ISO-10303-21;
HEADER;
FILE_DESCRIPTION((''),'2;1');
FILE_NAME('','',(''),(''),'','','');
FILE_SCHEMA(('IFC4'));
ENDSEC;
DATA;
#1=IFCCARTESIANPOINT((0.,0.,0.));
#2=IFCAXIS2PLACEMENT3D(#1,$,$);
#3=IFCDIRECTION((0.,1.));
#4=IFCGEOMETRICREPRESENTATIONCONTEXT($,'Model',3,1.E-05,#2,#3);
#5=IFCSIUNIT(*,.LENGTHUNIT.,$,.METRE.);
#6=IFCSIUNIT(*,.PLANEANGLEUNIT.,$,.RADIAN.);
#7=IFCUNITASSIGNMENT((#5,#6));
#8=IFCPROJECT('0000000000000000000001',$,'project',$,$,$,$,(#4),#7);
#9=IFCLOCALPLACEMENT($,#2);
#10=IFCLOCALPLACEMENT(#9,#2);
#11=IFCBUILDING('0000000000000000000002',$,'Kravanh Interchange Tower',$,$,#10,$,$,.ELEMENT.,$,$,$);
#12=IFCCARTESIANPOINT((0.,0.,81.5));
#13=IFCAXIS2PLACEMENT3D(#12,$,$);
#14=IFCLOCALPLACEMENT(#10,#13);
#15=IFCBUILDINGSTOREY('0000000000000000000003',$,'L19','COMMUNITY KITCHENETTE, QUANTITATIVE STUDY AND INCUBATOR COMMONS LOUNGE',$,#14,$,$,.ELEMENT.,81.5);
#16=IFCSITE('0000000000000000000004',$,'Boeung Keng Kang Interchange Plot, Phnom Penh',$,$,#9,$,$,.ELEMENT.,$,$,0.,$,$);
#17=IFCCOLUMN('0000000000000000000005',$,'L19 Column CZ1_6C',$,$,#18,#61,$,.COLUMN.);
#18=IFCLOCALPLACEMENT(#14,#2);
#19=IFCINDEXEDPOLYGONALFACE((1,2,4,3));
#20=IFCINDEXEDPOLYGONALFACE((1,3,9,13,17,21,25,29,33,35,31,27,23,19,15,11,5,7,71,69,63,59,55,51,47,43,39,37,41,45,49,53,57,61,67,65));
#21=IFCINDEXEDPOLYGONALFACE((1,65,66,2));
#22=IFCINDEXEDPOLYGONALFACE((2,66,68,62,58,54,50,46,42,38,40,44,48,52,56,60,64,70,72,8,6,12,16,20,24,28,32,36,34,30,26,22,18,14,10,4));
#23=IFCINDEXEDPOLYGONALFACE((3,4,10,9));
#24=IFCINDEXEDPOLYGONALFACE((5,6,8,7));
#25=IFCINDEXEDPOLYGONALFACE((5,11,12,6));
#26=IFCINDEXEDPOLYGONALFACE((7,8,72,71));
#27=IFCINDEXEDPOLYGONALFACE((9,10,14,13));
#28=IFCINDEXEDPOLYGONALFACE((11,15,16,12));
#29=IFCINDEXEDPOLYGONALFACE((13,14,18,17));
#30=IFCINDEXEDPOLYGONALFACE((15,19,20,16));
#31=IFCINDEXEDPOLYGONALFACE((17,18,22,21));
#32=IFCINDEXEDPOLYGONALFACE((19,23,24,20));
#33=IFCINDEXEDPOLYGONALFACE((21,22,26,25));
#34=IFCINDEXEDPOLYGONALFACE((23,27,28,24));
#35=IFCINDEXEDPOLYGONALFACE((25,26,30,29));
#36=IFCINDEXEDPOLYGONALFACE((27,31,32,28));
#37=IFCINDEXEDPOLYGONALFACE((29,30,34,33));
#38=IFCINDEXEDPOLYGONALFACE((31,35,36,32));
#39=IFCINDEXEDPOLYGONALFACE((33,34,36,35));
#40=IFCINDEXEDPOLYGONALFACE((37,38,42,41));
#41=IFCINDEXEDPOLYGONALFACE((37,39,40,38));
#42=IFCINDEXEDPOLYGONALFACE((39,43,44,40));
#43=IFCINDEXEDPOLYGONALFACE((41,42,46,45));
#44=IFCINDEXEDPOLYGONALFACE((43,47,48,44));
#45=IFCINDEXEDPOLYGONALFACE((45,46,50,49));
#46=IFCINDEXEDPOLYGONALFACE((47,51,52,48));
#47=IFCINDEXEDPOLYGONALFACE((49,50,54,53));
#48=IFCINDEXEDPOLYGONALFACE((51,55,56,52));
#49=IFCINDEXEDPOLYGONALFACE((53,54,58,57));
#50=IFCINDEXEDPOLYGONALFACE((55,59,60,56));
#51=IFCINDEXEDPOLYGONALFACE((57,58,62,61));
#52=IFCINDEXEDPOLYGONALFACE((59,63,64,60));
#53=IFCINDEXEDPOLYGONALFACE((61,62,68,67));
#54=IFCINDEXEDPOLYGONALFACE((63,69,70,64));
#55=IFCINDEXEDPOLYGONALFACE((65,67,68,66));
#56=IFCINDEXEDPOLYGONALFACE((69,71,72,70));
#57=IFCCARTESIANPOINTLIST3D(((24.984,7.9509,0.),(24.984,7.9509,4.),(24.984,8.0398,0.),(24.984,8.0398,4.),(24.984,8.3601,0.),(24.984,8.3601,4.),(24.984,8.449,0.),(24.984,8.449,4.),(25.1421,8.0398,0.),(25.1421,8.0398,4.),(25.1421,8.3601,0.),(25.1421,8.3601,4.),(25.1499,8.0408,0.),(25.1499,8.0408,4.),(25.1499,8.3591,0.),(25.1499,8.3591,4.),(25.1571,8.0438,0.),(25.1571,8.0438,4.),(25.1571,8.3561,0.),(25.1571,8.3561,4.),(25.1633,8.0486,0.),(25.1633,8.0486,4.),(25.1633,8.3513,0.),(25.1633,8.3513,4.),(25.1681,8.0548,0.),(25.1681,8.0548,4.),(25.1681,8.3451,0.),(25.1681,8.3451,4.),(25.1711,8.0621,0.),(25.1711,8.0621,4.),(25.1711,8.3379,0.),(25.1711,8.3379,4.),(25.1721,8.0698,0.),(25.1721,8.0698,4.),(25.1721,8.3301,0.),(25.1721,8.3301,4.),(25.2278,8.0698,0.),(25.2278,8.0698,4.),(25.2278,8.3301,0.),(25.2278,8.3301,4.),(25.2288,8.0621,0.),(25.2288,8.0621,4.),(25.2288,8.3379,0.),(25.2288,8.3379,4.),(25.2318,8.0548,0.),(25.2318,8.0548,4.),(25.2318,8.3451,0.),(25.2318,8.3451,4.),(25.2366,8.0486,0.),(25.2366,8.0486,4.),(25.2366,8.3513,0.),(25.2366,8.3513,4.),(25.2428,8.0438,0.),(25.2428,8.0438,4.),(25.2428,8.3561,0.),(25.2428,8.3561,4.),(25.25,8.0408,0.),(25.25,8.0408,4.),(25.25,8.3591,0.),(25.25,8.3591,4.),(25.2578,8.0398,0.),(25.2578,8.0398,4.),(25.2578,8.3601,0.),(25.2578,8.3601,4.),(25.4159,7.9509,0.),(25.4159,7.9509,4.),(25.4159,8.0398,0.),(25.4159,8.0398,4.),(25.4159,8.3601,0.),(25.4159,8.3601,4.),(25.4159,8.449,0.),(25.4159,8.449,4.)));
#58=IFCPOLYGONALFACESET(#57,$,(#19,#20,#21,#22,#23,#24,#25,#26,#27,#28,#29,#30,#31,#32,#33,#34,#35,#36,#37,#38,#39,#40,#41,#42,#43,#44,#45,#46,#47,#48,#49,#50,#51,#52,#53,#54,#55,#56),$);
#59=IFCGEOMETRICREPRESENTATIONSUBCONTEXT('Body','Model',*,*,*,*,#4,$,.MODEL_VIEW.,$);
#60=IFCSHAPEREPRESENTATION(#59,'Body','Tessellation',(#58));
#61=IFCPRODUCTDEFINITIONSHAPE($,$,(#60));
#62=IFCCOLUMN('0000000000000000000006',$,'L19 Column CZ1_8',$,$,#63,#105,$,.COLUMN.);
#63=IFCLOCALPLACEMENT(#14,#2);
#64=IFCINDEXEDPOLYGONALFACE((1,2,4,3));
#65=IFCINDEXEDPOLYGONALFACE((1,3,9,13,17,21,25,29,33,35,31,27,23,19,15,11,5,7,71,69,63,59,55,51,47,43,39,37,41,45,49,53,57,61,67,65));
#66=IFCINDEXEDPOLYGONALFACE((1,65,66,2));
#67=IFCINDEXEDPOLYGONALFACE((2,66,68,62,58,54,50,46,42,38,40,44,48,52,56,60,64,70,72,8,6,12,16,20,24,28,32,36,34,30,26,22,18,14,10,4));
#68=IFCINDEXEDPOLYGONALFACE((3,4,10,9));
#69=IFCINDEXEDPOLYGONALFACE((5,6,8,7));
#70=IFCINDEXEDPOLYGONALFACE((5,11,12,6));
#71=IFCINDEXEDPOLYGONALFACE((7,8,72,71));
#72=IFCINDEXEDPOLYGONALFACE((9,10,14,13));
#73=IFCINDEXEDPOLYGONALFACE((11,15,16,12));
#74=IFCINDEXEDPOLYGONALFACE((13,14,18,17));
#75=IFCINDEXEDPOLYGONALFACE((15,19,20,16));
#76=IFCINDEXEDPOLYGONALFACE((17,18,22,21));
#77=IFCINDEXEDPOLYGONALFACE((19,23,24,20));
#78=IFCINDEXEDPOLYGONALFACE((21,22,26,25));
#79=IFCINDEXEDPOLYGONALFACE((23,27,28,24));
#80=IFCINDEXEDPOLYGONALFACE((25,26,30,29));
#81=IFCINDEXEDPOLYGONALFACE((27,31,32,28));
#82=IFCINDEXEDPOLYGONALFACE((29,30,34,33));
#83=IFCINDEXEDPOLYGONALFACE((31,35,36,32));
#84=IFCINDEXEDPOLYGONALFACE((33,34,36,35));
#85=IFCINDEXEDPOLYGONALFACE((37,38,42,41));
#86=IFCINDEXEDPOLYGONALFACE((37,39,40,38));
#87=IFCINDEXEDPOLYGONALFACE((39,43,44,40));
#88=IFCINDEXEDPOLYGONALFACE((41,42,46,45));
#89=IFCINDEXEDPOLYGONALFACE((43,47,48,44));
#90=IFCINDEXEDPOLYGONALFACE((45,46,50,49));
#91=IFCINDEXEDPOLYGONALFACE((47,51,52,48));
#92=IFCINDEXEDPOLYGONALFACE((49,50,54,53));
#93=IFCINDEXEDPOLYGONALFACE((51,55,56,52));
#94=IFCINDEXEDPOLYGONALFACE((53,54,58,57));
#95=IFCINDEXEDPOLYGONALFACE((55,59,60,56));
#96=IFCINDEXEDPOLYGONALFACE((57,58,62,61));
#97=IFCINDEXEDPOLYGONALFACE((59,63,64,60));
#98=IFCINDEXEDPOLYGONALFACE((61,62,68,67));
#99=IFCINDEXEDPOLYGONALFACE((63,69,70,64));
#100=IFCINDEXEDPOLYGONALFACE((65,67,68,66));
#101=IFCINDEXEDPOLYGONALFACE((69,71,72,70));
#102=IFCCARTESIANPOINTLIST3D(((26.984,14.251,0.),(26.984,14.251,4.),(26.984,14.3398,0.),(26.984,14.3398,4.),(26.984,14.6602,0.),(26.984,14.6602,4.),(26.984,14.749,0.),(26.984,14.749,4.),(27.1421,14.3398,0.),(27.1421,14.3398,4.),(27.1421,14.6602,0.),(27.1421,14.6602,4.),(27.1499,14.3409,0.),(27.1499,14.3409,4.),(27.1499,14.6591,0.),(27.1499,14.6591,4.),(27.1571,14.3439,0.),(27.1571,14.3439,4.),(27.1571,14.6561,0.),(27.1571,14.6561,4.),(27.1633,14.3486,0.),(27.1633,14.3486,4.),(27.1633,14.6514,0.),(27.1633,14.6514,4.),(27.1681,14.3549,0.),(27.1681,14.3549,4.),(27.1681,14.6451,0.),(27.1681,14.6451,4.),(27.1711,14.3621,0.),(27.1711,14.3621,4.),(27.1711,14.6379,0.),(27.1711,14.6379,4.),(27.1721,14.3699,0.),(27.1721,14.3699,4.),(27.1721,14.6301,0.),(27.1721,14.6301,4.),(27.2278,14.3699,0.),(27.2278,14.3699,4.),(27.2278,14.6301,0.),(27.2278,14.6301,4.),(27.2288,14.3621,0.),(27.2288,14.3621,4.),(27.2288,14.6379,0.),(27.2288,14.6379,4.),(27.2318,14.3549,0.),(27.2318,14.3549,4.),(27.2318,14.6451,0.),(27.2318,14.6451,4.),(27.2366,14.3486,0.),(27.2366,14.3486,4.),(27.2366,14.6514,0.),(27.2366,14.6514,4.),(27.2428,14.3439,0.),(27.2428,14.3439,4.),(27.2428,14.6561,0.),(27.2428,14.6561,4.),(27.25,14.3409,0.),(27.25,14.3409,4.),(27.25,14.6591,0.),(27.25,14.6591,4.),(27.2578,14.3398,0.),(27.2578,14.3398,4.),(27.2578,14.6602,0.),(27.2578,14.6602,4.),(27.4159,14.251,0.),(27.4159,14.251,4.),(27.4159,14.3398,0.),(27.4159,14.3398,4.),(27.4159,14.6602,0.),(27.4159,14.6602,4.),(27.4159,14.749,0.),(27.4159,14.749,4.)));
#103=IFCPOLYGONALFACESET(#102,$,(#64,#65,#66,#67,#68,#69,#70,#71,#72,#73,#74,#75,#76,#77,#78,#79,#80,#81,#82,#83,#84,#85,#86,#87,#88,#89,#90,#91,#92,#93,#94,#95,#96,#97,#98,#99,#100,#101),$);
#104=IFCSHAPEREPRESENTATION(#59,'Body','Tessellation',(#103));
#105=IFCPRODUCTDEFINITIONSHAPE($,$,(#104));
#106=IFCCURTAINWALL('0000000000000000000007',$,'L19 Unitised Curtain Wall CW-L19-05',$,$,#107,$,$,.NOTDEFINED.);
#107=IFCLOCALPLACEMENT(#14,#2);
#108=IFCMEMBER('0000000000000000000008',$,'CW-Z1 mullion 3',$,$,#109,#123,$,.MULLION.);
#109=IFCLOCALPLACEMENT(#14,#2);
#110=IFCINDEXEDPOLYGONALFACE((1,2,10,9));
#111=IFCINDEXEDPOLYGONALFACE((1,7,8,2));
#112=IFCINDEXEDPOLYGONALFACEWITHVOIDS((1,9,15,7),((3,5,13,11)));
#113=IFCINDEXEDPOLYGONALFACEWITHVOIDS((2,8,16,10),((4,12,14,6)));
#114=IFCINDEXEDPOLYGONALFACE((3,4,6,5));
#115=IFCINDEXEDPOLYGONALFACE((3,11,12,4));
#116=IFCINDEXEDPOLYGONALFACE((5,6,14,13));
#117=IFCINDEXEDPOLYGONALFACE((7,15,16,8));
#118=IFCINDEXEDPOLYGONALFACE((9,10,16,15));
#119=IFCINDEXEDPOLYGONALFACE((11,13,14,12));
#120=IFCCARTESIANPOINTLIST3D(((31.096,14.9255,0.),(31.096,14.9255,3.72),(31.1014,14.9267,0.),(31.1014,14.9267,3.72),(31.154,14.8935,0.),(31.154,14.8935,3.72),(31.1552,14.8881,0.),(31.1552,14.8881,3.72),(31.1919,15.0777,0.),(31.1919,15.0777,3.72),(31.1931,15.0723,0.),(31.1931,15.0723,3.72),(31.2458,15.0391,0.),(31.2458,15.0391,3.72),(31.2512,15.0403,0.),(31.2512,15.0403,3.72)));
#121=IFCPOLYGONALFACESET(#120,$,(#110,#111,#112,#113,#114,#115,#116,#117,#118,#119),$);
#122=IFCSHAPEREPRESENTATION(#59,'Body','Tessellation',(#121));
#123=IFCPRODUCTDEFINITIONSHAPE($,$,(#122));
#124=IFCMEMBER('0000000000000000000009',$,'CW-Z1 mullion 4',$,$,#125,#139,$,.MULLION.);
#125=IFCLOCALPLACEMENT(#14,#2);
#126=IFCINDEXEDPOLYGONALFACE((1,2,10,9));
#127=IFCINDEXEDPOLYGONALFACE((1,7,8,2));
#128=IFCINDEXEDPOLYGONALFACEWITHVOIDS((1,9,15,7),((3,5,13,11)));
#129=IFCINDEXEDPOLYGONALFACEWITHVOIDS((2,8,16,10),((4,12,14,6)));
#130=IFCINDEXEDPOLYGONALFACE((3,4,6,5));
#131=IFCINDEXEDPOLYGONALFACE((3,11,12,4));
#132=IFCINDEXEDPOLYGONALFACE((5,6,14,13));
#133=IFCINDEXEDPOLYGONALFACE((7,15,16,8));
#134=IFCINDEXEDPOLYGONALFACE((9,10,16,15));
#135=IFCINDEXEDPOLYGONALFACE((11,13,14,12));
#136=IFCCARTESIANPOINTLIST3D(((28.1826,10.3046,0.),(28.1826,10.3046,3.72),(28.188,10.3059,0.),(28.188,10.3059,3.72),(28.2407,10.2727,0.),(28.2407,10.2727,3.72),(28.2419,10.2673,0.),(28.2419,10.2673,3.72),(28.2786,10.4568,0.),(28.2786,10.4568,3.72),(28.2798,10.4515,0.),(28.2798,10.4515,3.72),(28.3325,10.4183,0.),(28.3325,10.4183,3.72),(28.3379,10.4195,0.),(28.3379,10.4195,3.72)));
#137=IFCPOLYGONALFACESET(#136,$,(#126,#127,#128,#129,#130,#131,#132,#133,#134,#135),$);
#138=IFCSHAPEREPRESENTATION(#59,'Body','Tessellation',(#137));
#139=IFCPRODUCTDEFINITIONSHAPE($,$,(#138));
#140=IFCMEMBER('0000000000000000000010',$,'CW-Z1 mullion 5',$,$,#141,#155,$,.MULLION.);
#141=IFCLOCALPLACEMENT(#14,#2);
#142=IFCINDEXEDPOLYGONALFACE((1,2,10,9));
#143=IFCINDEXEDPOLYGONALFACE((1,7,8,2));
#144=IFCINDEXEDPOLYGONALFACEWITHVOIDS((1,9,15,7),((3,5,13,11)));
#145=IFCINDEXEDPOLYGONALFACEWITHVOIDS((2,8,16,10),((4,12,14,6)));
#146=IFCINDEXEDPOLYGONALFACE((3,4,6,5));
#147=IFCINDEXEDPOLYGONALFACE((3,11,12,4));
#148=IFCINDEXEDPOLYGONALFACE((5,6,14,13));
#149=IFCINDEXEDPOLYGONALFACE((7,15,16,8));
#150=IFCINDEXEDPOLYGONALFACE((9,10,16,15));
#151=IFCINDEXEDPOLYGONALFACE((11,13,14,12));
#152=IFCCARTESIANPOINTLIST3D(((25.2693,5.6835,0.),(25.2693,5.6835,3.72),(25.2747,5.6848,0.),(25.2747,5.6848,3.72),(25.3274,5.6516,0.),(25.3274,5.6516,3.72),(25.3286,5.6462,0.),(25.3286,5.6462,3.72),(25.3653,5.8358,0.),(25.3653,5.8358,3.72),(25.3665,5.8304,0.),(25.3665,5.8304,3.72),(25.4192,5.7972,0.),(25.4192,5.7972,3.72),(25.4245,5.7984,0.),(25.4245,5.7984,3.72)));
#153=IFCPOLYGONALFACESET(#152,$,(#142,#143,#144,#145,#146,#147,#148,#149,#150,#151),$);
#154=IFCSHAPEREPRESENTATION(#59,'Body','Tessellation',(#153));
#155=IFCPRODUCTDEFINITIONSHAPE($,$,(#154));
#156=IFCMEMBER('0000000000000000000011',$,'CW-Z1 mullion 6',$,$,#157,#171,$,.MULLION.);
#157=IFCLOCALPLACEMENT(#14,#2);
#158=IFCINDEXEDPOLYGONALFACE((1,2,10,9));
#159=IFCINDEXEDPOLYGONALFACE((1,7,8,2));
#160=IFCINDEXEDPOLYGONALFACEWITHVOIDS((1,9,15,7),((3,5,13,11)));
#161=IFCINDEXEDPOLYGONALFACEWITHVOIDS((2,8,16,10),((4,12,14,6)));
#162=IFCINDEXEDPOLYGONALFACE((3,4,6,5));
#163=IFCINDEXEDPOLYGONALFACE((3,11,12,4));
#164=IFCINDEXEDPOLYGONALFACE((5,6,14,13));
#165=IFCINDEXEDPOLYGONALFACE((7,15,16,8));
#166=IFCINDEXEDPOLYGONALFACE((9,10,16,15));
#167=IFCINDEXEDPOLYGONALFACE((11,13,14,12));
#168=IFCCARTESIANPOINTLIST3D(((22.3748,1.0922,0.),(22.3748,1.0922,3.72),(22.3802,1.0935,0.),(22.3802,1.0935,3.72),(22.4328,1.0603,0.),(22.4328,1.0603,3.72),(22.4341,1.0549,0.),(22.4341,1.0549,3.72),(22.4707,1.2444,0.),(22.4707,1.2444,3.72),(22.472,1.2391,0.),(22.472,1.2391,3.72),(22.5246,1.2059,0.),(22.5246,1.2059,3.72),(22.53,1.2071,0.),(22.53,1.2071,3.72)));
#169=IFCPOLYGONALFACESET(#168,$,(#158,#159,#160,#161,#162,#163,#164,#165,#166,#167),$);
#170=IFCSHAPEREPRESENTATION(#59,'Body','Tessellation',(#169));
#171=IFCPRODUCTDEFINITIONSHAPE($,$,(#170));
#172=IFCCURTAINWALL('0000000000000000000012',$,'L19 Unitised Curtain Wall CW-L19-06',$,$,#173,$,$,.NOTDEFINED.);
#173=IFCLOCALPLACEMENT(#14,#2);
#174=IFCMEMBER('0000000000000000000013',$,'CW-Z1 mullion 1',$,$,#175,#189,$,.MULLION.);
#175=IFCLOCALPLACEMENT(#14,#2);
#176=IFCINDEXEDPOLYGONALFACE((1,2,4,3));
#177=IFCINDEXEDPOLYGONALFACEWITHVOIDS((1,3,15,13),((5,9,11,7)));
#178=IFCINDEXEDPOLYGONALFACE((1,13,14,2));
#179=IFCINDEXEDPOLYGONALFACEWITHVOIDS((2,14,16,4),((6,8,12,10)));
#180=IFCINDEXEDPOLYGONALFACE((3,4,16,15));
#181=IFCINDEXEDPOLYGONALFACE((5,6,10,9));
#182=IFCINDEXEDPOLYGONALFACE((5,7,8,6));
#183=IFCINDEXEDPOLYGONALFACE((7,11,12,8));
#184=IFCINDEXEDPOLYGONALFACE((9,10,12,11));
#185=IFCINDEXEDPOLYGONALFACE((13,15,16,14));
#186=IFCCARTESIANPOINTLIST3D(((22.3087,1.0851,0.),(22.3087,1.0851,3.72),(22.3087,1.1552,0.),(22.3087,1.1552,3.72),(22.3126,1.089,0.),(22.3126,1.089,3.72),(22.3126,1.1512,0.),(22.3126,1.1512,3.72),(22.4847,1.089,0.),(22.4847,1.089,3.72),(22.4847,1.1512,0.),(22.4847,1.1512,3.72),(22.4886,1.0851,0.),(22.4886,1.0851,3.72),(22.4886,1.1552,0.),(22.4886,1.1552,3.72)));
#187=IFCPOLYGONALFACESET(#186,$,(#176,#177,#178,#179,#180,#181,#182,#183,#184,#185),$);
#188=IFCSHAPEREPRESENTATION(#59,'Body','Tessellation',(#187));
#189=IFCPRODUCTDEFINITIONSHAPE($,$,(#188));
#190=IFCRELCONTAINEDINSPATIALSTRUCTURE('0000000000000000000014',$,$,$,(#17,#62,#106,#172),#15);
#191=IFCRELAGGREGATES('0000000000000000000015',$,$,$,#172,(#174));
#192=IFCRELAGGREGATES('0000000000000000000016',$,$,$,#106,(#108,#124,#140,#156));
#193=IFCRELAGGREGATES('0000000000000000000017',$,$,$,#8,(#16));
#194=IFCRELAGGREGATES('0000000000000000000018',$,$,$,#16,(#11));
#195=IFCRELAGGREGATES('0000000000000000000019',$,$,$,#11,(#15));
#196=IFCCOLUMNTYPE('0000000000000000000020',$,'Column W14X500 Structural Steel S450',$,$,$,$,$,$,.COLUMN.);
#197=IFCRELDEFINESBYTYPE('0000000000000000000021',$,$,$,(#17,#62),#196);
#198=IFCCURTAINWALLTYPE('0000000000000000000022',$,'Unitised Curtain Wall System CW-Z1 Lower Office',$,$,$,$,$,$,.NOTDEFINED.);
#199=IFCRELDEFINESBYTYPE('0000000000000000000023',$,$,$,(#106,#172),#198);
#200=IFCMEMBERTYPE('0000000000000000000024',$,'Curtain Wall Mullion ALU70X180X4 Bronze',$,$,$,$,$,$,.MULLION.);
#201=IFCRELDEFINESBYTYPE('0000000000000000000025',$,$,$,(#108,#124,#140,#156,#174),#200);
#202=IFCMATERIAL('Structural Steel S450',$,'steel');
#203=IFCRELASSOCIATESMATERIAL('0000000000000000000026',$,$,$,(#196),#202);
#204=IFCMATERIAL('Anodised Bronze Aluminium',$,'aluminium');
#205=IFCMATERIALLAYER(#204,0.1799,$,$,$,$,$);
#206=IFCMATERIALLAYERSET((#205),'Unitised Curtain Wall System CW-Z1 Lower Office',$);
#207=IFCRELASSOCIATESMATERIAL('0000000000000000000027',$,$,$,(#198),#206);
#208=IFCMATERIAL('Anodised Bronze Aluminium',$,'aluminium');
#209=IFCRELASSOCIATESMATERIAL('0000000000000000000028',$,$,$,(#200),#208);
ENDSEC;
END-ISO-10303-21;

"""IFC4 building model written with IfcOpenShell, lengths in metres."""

from ifc_helpers import new_model, si_unit, direction, frame, origin, origin_2d, place, context, subcontext, project, spatial, hollow_rectangle, i_section, extrude, material, layer, layer_set, material_profile, profile_set, type_object, element, aggregate, save


model = new_model("IFC4")

# Units and contexts
model_context = context("Model", 3, precision=1e-05, world=origin(), true_north=direction((0.0, 1.0)))
body_context = subcontext(model_context, "Body", "Model", "MODEL_VIEW")
ifc_project = project(units=[si_unit("LENGTHUNIT", "METRE"), si_unit("PLANEANGLEUNIT", "RADIAN")], contexts=[model_context])

# Site, building, storey
site_placement = place(None, origin())
site = spatial("IfcSite", under=ifc_project, at=site_placement, Name="Boeung Keng Kang Interchange Plot, Phnom Penh", CompositionType="ELEMENT", RefElevation=0.0)
building_placement = place(site_placement, origin())
building = spatial("IfcBuilding", under=site, at=building_placement, Name="Kravanh Interchange Tower", CompositionType="ELEMENT")
storey_placement = place(building_placement, frame((0.0, 0.0, 81.5)))
storey = spatial("IfcBuildingStorey", under=building, at=storey_placement, Name="L19", Description="COMMUNITY KITCHENETTE, QUANTITATIVE STUDY AND INCUBATOR COMMONS LOUNGE", CompositionType="ELEMENT", Elevation=81.5)

# Columns
ifc_material_1 = material(Name="Structural Steel S450", Category="steel")
ifc_material_profile_1 = material_profile(ifc_material_1, i_section(OverallWidth=0.4319, OverallDepth=0.498, WebThickness=0.0557, FlangeThickness=0.0889, FilletRadius=0.03, at=origin_2d()), Name="W14X500")
ifc_profile_set_1 = profile_set([ifc_material_profile_1], Name="Structural Steel S450")
column_type = type_object("IfcColumnType", Name="Column W14X500 Structural Steel S450", PredefinedType="COLUMN", material=ifc_profile_set_1)
for number, where, z_axis, x_axis, name in (
    (1, (25.2, 8.2, 0.0), (0.0, 0.0, 1.0), (1.0, 0.0, 0.0), "L19 Column CZ1_6C"),
    (2, (27.2, 14.5, 0.0), (0.0, 0.0, 1.0), (1.0, 0.0, 0.0), "L19 Column CZ1_8"),
):
    element("IfcColumn", number, at=place(storey_placement, frame(where, z_axis=z_axis, x_axis=x_axis)), inside=storey, type_object=column_type, Name=name, PredefinedType="COLUMN", context=body_context, shape_type="SweptSolid", body=[
        extrude(i_section(OverallWidth=0.4319, OverallDepth=0.498, WebThickness=0.0557, FlangeThickness=0.0889, FilletRadius=0.03, at=origin_2d()), origin(), (0.0, 0.0, 1.0), 4.0),
    ])

# Curtain wall, members
ifc_material_2 = material(Name="Anodised Bronze Aluminium", Category="aluminium")
ifc_layer_1 = layer(ifc_material_2, 0.1799)
ifc_layer_set_1 = layer_set([ifc_layer_1], Name="Unitised Curtain Wall System CW-Z1 Lower Office")
curtain_wall_type = type_object("IfcCurtainWallType", Name="Unitised Curtain Wall System CW-Z1 Lower Office", PredefinedType="NOTDEFINED", material=ifc_layer_set_1)
curtain_wall_1_placement = place(storey_placement, origin())
curtain_wall_1 = element("IfcCurtainWall", 3, at=curtain_wall_1_placement, inside=storey, type_object=curtain_wall_type, Name="L19 Unitised Curtain Wall CW-L19-05", PredefinedType="NOTDEFINED")
ifc_material_3 = material(Name="Anodised Bronze Aluminium", Category="aluminium")
ifc_material_profile_2 = material_profile(ifc_material_3, hollow_rectangle(XDim=0.0701, YDim=0.1799, WallThickness=0.0039, at=origin_2d()), Name="ALU70X180X4")
ifc_profile_set_2 = profile_set([ifc_material_profile_2], Name="Anodised Bronze Aluminium")
member_type_1 = type_object("IfcMemberType", Name="Curtain Wall Mullion ALU70X180X4 Bronze", PredefinedType="MULLION", material=ifc_profile_set_2)
member_1_placement = place(storey_placement, frame((31.1736, 14.9829, 0.0), z_axis=(0.0, 0.0, 1.0), x_axis=(0.845926, -0.533301, 0.0)))
member_1 = element("IfcMember", 4, at=member_1_placement, type_object=member_type_1, Name="CW-Z1 mullion 3", PredefinedType="MULLION", context=body_context, shape_type="SweptSolid", body=[
    extrude(hollow_rectangle(XDim=0.0701, YDim=0.1799, WallThickness=0.0039, at=origin_2d()), origin(), (0.0, 0.0, 1.0), 3.72),
])
member_2_placement = place(storey_placement, frame((28.2603, 10.3621, 0.0), z_axis=(0.0, 0.0, 1.0), x_axis=(0.845926, -0.533301, 0.0)))
member_2 = element("IfcMember", 5, at=member_2_placement, type_object=member_type_1, Name="CW-Z1 mullion 4", PredefinedType="MULLION", context=body_context, shape_type="SweptSolid", body=[
    extrude(hollow_rectangle(XDim=0.0701, YDim=0.1799, WallThickness=0.0039, at=origin_2d()), origin(), (0.0, 0.0, 1.0), 3.72),
])
member_3_placement = place(storey_placement, frame((25.3469, 5.741, 0.0), z_axis=(0.0, 0.0, 1.0), x_axis=(0.845926, -0.533301, 0.0)))
member_3 = element("IfcMember", 6, at=member_3_placement, type_object=member_type_1, Name="CW-Z1 mullion 5", PredefinedType="MULLION", context=body_context, shape_type="SweptSolid", body=[
    extrude(hollow_rectangle(XDim=0.0701, YDim=0.1799, WallThickness=0.0039, at=origin_2d()), origin(), (0.0, 0.0, 1.0), 3.72),
])
member_4_placement = place(storey_placement, frame((22.4524, 1.1497, 0.0), z_axis=(0.0, 0.0, 1.0), x_axis=(0.845926, -0.533301, 0.0)))
member_4 = element("IfcMember", 7, at=member_4_placement, type_object=member_type_1, Name="CW-Z1 mullion 6", PredefinedType="MULLION", context=body_context, shape_type="SweptSolid", body=[
    extrude(hollow_rectangle(XDim=0.0701, YDim=0.1799, WallThickness=0.0039, at=origin_2d()), origin(), (0.0, 0.0, 1.0), 3.72),
])

# Curtain wall, member
curtain_wall_2_placement = place(storey_placement, origin())
curtain_wall_2 = element("IfcCurtainWall", 8, at=curtain_wall_2_placement, inside=storey, type_object=curtain_wall_type, Name="L19 Unitised Curtain Wall CW-L19-06", PredefinedType="NOTDEFINED")
member_5_placement = place(storey_placement, frame((22.3987, 1.1201, 0.0), z_axis=(0.0, 0.0, 1.0), x_axis=(0.0, -1.0, 0.0)))
member_5 = element("IfcMember", 9, at=member_5_placement, type_object=member_type_1, Name="CW-Z1 mullion 1", PredefinedType="MULLION", context=body_context, shape_type="SweptSolid", body=[
    extrude(hollow_rectangle(XDim=0.0701, YDim=0.1799, WallThickness=0.0039, at=origin_2d()), origin(), (0.0, 0.0, 1.0), 3.72),
])

aggregate(curtain_wall_2, [member_5])

aggregate(curtain_wall_1, [member_1, member_2, member_3, member_4])

save(model, "model.ifc")
